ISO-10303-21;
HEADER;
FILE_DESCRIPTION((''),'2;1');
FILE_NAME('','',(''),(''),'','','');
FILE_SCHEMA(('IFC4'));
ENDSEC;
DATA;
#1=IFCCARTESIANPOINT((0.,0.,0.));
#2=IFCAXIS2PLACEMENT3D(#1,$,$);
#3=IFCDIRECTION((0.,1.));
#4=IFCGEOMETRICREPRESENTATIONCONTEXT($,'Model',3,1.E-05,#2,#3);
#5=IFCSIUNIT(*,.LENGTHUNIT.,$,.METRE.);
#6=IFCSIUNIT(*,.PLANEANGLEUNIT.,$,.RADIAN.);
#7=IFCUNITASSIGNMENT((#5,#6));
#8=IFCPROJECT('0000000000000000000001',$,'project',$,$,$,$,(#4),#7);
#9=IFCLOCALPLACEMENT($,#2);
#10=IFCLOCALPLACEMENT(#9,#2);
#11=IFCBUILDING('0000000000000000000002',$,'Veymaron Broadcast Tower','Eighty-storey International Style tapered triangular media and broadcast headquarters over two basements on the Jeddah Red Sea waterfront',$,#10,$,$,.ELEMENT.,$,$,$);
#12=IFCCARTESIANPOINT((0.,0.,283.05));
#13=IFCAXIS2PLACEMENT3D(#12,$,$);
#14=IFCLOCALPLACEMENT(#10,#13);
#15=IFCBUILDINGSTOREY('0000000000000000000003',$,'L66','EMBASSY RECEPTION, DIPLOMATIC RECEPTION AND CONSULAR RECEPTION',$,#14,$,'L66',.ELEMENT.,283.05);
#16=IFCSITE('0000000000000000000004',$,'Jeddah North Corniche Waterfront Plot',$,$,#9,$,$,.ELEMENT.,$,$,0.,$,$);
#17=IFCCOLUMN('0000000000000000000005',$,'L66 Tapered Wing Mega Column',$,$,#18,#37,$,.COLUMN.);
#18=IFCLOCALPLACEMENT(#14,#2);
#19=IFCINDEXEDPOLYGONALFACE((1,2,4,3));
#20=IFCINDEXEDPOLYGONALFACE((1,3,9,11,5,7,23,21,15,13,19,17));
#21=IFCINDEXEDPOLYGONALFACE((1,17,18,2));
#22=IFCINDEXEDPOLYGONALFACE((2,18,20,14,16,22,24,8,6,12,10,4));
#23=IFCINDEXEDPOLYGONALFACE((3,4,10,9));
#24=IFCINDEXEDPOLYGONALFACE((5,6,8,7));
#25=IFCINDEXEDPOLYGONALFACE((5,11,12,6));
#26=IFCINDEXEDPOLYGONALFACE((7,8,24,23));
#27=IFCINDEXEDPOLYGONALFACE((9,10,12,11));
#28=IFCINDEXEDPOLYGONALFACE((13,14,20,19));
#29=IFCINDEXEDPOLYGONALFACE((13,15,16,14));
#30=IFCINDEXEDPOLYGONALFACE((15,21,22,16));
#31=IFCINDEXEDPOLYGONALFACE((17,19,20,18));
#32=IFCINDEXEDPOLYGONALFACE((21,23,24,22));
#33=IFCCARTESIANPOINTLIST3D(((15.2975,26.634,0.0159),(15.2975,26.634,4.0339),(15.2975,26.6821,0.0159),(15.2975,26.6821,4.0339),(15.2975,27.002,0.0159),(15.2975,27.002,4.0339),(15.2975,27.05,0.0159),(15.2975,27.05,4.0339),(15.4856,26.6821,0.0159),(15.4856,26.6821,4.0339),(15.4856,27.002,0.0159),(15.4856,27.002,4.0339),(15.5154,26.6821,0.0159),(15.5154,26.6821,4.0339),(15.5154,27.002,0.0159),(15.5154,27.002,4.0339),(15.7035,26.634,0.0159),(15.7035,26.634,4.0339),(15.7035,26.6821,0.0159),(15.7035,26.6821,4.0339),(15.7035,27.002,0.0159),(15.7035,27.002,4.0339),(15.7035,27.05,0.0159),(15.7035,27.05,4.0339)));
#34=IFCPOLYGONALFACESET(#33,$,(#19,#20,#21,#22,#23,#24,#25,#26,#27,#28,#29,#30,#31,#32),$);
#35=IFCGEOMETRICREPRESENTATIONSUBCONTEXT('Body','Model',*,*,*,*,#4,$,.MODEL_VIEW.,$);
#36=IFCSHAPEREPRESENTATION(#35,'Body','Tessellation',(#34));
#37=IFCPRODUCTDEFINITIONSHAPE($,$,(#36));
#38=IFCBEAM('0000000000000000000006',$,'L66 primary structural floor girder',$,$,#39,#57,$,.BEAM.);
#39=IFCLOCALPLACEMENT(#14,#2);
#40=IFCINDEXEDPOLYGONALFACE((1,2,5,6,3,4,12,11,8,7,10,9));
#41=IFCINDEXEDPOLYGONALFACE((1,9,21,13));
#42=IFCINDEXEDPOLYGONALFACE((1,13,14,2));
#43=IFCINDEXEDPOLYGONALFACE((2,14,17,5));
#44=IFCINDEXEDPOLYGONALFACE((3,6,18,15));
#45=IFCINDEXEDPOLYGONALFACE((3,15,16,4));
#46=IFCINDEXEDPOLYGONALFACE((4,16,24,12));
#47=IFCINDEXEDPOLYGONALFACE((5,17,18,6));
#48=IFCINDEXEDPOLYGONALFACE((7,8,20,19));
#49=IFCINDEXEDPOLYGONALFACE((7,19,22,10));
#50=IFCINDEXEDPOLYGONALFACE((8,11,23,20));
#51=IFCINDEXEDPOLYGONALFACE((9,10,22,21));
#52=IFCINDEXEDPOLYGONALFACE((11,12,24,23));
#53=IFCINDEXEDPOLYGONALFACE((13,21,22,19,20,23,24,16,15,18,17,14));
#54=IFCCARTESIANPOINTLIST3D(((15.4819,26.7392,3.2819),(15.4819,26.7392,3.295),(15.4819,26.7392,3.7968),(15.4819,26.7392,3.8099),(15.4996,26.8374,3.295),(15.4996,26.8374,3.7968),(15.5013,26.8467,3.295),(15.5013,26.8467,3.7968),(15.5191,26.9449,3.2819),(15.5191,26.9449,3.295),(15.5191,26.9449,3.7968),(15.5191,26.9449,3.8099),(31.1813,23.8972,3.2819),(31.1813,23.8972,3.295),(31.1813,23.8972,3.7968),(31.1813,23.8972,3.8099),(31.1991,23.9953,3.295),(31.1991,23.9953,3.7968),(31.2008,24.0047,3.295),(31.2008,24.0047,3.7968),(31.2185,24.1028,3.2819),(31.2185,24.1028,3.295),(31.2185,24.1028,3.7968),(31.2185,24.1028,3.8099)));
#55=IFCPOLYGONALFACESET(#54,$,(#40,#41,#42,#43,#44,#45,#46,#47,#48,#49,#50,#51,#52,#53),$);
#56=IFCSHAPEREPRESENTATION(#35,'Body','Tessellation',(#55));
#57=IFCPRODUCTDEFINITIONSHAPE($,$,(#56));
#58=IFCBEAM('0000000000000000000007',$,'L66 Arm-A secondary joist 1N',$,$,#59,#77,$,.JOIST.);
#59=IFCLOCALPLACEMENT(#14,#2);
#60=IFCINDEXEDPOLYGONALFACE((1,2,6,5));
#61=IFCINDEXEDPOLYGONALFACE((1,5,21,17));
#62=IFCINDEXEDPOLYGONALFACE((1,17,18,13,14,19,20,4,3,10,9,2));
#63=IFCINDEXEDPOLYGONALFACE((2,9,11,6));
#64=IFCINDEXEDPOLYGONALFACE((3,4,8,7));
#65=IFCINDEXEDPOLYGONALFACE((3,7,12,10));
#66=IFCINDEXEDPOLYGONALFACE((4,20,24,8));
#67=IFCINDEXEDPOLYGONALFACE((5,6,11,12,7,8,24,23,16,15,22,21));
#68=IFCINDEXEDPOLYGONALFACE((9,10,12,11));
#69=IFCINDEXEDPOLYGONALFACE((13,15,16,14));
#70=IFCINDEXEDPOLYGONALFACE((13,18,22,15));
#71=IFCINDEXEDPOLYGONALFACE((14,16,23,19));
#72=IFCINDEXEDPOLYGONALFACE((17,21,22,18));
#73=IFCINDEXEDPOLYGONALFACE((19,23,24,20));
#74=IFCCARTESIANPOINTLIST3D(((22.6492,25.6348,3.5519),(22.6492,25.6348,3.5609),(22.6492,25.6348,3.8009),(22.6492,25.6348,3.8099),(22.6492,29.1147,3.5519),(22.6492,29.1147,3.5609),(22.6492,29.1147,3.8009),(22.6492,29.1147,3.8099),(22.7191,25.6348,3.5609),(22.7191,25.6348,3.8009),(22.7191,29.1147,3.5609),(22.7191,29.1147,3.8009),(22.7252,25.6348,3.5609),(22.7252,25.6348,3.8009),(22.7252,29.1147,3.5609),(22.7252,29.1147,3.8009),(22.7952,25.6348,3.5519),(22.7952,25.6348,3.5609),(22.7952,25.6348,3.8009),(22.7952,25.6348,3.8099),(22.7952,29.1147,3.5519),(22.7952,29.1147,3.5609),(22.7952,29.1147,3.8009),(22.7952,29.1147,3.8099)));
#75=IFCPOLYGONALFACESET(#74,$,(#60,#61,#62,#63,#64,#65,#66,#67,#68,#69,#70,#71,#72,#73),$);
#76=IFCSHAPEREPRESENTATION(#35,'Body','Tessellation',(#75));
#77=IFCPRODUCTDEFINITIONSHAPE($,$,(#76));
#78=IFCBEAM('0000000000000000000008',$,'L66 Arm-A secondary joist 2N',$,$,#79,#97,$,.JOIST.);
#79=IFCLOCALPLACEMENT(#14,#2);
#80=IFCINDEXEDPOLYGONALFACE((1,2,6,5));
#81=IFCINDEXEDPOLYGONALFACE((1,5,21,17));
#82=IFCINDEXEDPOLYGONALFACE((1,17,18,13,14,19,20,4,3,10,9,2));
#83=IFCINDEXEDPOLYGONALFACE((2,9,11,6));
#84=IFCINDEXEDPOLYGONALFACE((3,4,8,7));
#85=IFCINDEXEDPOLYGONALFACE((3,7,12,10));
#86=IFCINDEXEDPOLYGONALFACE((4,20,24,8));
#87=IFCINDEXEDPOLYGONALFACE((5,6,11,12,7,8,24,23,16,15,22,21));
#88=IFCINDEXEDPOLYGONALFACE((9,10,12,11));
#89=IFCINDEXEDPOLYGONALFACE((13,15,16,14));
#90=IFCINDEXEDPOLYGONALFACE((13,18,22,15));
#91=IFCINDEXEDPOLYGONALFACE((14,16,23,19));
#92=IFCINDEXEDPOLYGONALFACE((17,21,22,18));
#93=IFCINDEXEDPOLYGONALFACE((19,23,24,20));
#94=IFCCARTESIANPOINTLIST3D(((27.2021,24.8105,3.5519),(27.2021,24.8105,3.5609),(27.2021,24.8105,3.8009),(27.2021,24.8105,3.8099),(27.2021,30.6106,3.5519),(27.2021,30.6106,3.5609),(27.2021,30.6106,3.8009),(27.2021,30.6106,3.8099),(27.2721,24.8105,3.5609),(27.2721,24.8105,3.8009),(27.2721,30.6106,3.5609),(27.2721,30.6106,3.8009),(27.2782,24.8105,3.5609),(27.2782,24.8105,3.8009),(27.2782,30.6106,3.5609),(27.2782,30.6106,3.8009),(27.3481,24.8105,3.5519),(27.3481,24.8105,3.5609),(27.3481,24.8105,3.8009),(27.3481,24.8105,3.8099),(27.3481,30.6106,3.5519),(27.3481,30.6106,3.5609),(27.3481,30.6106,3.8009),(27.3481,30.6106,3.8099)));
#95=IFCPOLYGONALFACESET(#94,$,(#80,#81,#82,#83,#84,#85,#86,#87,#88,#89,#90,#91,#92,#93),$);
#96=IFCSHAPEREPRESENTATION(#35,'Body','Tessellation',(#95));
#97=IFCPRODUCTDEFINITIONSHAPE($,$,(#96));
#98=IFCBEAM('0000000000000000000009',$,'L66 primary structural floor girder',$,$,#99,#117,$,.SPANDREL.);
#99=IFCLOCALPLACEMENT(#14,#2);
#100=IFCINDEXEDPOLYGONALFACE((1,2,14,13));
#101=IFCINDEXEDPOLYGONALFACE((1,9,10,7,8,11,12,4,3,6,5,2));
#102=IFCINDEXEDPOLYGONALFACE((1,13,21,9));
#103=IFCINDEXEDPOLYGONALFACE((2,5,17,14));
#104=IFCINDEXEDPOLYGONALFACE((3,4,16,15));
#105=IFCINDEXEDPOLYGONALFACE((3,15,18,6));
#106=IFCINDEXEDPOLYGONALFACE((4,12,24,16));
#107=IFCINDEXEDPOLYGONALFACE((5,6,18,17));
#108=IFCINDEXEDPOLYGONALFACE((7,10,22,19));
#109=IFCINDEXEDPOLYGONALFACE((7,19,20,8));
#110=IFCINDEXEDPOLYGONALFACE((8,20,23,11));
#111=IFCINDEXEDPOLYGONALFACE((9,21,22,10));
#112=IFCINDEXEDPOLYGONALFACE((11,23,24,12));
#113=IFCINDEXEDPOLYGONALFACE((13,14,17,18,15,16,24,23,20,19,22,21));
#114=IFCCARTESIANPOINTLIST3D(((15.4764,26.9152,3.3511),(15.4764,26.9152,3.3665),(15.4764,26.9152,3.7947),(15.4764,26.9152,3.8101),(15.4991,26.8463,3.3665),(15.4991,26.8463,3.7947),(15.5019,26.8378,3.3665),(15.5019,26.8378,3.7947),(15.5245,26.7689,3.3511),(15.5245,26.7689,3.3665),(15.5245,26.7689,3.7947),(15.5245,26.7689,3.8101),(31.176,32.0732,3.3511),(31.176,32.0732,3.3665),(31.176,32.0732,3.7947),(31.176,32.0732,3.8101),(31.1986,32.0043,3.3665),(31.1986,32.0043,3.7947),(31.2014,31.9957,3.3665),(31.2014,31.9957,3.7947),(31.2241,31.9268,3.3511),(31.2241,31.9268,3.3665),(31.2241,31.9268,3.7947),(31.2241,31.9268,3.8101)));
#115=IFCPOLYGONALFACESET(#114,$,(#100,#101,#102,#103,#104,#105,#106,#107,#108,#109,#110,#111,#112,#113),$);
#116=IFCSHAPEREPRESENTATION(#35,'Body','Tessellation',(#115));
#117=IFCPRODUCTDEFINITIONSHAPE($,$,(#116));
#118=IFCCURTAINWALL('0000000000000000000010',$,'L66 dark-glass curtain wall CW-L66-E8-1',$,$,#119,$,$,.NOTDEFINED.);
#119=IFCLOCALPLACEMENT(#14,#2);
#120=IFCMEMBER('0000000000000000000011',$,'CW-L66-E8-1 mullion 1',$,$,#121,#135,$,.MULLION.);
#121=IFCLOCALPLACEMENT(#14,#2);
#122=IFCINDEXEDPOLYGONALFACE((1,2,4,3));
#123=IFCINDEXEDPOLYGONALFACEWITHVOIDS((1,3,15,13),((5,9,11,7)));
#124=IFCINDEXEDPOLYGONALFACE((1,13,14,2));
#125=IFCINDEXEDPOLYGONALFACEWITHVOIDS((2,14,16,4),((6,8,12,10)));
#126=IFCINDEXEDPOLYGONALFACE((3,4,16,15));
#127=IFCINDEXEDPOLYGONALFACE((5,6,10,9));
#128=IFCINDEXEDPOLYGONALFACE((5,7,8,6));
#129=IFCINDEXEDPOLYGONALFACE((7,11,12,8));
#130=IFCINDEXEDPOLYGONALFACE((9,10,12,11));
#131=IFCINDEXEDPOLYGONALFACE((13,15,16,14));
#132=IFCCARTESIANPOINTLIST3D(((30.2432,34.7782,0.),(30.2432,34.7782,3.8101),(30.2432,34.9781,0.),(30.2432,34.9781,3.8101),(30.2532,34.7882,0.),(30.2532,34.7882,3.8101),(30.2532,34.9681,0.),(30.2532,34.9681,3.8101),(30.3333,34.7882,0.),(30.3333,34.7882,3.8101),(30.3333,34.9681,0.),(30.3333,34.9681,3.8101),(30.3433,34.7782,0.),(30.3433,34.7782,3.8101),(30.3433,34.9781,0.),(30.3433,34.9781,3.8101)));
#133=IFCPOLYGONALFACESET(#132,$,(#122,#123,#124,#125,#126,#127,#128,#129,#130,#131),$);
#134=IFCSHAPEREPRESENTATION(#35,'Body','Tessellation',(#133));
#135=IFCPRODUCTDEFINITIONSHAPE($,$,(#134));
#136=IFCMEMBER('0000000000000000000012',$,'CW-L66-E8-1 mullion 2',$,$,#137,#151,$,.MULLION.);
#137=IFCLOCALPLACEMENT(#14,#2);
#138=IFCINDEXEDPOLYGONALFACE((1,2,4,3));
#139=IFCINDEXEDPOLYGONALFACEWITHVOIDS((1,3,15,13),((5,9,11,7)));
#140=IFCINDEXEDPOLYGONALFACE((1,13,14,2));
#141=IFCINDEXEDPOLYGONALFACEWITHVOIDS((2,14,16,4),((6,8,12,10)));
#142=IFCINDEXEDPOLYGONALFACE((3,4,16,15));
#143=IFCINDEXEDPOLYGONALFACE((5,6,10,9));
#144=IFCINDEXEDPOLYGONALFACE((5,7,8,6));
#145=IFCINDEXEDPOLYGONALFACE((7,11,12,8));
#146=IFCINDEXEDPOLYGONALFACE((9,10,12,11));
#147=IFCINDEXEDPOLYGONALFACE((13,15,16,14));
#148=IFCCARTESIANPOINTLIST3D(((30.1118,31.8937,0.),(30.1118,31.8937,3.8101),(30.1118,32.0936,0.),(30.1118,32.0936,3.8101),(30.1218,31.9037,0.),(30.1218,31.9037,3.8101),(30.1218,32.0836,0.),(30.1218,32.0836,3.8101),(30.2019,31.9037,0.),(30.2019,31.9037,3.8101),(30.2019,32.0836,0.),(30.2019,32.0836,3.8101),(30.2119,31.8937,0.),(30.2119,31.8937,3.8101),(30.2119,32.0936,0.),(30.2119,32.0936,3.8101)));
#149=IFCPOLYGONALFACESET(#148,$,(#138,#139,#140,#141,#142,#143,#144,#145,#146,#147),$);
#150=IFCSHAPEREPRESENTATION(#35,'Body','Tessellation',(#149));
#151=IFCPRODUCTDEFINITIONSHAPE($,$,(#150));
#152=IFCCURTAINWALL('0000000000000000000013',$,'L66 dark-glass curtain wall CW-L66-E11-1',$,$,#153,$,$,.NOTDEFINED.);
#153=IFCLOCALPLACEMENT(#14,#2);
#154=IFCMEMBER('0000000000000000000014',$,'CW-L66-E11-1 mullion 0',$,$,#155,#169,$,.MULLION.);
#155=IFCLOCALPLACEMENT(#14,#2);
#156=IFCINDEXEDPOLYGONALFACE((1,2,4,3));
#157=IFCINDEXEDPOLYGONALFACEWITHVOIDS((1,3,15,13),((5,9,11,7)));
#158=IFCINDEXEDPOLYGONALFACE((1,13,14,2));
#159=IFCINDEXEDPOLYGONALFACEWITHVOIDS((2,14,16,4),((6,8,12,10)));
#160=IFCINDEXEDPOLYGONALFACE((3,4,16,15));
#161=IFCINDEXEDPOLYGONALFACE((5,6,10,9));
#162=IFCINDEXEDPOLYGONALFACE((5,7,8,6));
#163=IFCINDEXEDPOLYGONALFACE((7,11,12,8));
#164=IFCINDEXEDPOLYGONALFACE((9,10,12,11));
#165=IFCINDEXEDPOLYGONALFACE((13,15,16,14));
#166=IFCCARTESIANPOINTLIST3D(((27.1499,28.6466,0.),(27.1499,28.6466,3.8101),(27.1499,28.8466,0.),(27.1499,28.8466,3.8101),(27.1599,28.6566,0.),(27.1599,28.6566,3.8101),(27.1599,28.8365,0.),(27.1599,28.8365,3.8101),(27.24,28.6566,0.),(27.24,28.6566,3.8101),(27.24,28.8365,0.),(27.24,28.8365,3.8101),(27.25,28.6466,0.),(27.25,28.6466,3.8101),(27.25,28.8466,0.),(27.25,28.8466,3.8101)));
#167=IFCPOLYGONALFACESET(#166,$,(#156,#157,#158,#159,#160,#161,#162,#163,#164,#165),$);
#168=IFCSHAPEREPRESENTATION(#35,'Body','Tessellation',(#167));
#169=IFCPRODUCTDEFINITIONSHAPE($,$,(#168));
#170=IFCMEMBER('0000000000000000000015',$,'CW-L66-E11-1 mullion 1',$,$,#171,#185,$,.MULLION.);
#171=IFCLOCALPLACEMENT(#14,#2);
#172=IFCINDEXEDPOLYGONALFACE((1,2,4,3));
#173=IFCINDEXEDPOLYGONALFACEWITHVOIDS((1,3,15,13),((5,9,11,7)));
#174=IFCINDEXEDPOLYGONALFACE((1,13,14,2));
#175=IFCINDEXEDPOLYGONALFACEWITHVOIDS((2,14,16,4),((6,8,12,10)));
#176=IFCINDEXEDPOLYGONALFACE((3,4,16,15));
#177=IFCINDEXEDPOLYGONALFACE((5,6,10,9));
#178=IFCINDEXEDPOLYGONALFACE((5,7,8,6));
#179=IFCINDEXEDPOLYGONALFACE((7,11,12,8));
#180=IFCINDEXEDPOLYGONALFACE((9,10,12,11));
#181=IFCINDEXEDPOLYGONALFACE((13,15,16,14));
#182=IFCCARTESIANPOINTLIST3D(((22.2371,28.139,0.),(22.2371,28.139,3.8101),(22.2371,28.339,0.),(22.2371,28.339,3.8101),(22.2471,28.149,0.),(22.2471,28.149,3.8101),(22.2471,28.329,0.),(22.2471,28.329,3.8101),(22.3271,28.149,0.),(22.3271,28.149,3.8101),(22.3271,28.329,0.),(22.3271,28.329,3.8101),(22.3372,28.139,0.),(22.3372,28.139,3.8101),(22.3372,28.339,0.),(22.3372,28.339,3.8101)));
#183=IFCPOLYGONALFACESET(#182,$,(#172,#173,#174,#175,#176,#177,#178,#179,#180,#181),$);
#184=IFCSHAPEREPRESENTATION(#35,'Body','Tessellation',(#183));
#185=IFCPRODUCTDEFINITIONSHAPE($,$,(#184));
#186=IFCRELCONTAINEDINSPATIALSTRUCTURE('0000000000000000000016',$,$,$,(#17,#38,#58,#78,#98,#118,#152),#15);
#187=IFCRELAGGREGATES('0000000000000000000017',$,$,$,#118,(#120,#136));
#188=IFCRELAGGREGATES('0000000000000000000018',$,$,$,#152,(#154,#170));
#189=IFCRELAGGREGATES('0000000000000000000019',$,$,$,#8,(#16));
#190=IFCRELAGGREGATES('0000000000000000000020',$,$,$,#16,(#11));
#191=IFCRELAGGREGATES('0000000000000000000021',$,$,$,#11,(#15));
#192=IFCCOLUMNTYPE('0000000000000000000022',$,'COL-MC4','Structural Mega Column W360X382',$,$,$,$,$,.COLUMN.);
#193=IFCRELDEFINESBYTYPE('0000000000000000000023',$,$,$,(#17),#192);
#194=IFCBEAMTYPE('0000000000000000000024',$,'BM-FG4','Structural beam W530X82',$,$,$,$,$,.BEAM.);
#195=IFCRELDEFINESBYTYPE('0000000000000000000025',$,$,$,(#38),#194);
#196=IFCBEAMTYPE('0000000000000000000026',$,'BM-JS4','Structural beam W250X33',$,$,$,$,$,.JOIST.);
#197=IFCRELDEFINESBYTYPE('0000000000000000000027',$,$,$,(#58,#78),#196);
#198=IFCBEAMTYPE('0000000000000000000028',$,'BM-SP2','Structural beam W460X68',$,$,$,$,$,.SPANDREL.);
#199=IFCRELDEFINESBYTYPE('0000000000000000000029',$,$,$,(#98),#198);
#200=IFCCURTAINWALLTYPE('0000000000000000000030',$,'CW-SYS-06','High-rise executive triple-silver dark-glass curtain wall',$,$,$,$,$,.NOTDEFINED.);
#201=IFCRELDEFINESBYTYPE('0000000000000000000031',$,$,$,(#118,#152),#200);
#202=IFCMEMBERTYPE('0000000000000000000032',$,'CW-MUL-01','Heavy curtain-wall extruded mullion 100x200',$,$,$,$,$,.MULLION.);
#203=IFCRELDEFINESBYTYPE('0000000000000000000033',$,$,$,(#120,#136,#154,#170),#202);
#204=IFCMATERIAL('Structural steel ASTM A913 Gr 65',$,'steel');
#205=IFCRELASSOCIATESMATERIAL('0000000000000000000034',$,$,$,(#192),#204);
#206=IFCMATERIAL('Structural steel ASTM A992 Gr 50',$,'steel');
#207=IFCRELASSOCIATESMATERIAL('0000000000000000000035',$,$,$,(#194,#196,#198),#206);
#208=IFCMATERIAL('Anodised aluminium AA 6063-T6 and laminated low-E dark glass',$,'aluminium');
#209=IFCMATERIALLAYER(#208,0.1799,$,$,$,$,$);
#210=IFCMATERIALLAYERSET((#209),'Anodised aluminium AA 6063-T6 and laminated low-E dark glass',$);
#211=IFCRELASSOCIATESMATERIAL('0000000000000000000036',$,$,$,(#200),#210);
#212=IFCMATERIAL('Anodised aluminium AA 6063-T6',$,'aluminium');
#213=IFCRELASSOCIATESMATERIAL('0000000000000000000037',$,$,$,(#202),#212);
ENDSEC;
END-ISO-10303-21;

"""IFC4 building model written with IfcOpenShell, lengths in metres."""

from ifc_helpers import new_model, si_unit, direction, frame, origin, origin_2d, place, context, subcontext, project, spatial, hollow_rectangle, i_section, extrude, material, layer, layer_set, material_profile, profile_set, type_object, element, aggregate, save


model = new_model("IFC4")

# Units and contexts
model_context = context("Model", 3, precision=1e-05, world=origin(), true_north=direction((0.0, 1.0)))
body_context = subcontext(model_context, "Body", "Model", "MODEL_VIEW")
ifc_project = project(units=[si_unit("LENGTHUNIT", "METRE"), si_unit("PLANEANGLEUNIT", "RADIAN")], contexts=[model_context])

# Site, building, storey
site_placement = place(None, origin())
site = spatial("IfcSite", under=ifc_project, at=site_placement, Name="Jeddah North Corniche Waterfront Plot", CompositionType="ELEMENT", RefElevation=0.0)
building_placement = place(site_placement, origin())
building = spatial("IfcBuilding", under=site, at=building_placement, Name="Veymaron Broadcast Tower", Description="Eighty-storey International Style tapered triangular media and broadcast headquarters over two basements on the Jeddah Red Sea waterfront", CompositionType="ELEMENT")
storey_placement = place(building_placement, frame((0.0, 0.0, 283.05)))
storey = spatial("IfcBuildingStorey", under=building, at=storey_placement, Name="L66", Description="EMBASSY RECEPTION, DIPLOMATIC RECEPTION AND CONSULAR RECEPTION", LongName="L66", CompositionType="ELEMENT", Elevation=283.05)

# Column
ifc_material_1 = material(Name="Structural steel ASTM A913 Gr 65", Category="steel")
ifc_material_profile_1 = material_profile(ifc_material_1, i_section(OverallWidth=0.406, OverallDepth=0.416, WebThickness=0.0298, FlangeThickness=0.0481, at=origin_2d()), Name="W360X382")
ifc_profile_set_1 = profile_set([ifc_material_profile_1], Name="Structural steel ASTM A913 Gr 65")
column_type = type_object("IfcColumnType", Name="COL-MC4", Description="Structural Mega Column W360X382", PredefinedType="COLUMN", material=ifc_profile_set_1)
column_placement = place(storey_placement, frame((15.5005, 26.842, 0.0159), z_axis=(0.0, 0.0, 1.0), x_axis=(1.0, 0.0, 0.0)))
element("IfcColumn", 1, at=column_placement, inside=storey, type_object=column_type, Name="L66 Tapered Wing Mega Column", PredefinedType="COLUMN", context=body_context, shape_type="SweptSolid", body=[
    extrude(i_section(OverallWidth=0.406, OverallDepth=0.416, WebThickness=0.0298, FlangeThickness=0.0481, at=origin_2d()), origin(), (0.0, 0.0, 1.0), 4.0181),
])

# Beams
ifc_material_2 = material(Name="Structural steel ASTM A992 Gr 50", Category="steel")
ifc_material_profile_2 = material_profile(ifc_material_2, i_section(OverallWidth=0.209, OverallDepth=0.5281, WebThickness=0.0095, FlangeThickness=0.0132, at=origin_2d()), Name="W530X82")
ifc_profile_set_2 = profile_set([ifc_material_profile_2], Name="Structural steel ASTM A992 Gr 50")
beam_type_1 = type_object("IfcBeamType", Name="BM-FG4", Description="Structural beam W530X82", PredefinedType="BEAM", material=ifc_profile_set_2)
beam_1_placement = place(storey_placement, frame((15.5005, 26.842, 3.5459), z_axis=(0.984006, -0.178133, 0.0), x_axis=(0.178133, 0.984006, 0.0)))
element("IfcBeam", 2, at=beam_1_placement, inside=storey, type_object=beam_type_1, Name="L66 primary structural floor girder", PredefinedType="BEAM", context=body_context, shape_type="SweptSolid", body=[
    extrude(i_section(OverallWidth=0.209, OverallDepth=0.5281, WebThickness=0.0095, FlangeThickness=0.0132, at=origin_2d()), origin(), (0.0, 0.0, 1.0), 15.9546),
])
ifc_material_profile_3 = material_profile(ifc_material_2, i_section(OverallWidth=0.146, OverallDepth=0.2581, WebThickness=0.0061, FlangeThickness=0.009, at=origin_2d()), Name="W250X33")
ifc_profile_set_3 = profile_set([ifc_material_profile_3], Name="Structural steel ASTM A992 Gr 50")
beam_type_2 = type_object("IfcBeamType", Name="BM-JS4", Description="Structural beam W250X33", PredefinedType="JOIST", material=ifc_profile_set_3)
beam_2_placement = place(storey_placement, frame((22.7222, 25.6348, 3.6809), z_axis=(0.0, 1.0, 0.0), x_axis=(-1.0, 0.0, 0.0)))
element("IfcBeam", 3, at=beam_2_placement, inside=storey, type_object=beam_type_2, Name="L66 Arm-A secondary joist 1N", PredefinedType="JOIST", context=body_context, shape_type="SweptSolid", body=[
    extrude(i_section(OverallWidth=0.146, OverallDepth=0.2581, WebThickness=0.0061, FlangeThickness=0.009, at=origin_2d()), origin(), (0.0, 0.0, 1.0), 3.48),
])
beam_3_placement = place(storey_placement, frame((27.2751, 24.8105, 3.6809), z_axis=(0.0, 1.0, 0.0), x_axis=(-1.0, 0.0, 0.0)))
element("IfcBeam", 4, at=beam_3_placement, inside=storey, type_object=beam_type_2, Name="L66 Arm-A secondary joist 2N", PredefinedType="JOIST", context=body_context, shape_type="SweptSolid", body=[
    extrude(i_section(OverallWidth=0.146, OverallDepth=0.2581, WebThickness=0.0061, FlangeThickness=0.009, at=origin_2d()), origin(), (0.0, 0.0, 1.0), 5.8),
])
ifc_material_profile_4 = material_profile(ifc_material_2, i_section(OverallWidth=0.1541, OverallDepth=0.459, WebThickness=0.009, FlangeThickness=0.0154, at=origin_2d()), Name="W460X68")
ifc_profile_set_4 = profile_set([ifc_material_profile_4], Name="Structural steel ASTM A992 Gr 50")
beam_type_3 = type_object("IfcBeamType", Name="BM-SP2", Description="Structural beam W460X68", PredefinedType="SPANDREL", material=ifc_profile_set_4)
beam_4_placement = place(storey_placement, frame((15.5005, 26.842, 3.5806), z_axis=(0.95004, 0.312129, 0.0), x_axis=(-0.312129, 0.95004, 0.0)))
element("IfcBeam", 5, at=beam_4_placement, inside=storey, type_object=beam_type_3, Name="L66 primary structural floor girder", PredefinedType="SPANDREL", context=body_context, shape_type="SweptSolid", body=[
    extrude(i_section(OverallWidth=0.1541, OverallDepth=0.459, WebThickness=0.009, FlangeThickness=0.0154, at=origin_2d()), origin(), (0.0, 0.0, 1.0), 16.5251),
])

# Curtain walls, members
ifc_material_3 = material(Name="Anodised aluminium AA 6063-T6 and laminated low-E dark glass", Category="aluminium")
ifc_layer_1 = layer(ifc_material_3, 0.1799)
ifc_layer_set_1 = layer_set([ifc_layer_1], Name="Anodised aluminium AA 6063-T6 and laminated low-E dark glass")
curtain_wall_type = type_object("IfcCurtainWallType", Name="CW-SYS-06", Description="High-rise executive triple-silver dark-glass curtain wall", PredefinedType="NOTDEFINED", material=ifc_layer_set_1)
curtain_wall_1_placement = place(storey_placement, origin())
curtain_wall_1 = element("IfcCurtainWall", 6, at=curtain_wall_1_placement, inside=storey, type_object=curtain_wall_type, Name="L66 dark-glass curtain wall CW-L66-E8-1", PredefinedType="NOTDEFINED")
ifc_material_4 = material(Name="Anodised aluminium AA 6063-T6", Category="aluminium")
ifc_material_profile_5 = material_profile(ifc_material_4, hollow_rectangle(XDim=0.1001, YDim=0.2, WallThickness=0.01, at=origin_2d()), Name="RHS200X100X10")
ifc_profile_set_5 = profile_set([ifc_material_profile_5], Name="Anodised aluminium AA 6063-T6")
member_type_1 = type_object("IfcMemberType", Name="CW-MUL-01", Description="Heavy curtain-wall extruded mullion 100x200", PredefinedType="MULLION", material=ifc_profile_set_5)
member_1_placement = place(storey_placement, frame((30.2932, 34.8782, 0.0), z_axis=(0.0, 0.0, 1.0), x_axis=(1.0, 0.0, 0.0)))
member_1 = element("IfcMember", 7, at=member_1_placement, type_object=member_type_1, Name="CW-L66-E8-1 mullion 1", PredefinedType="MULLION", context=body_context, shape_type="SweptSolid", body=[
    extrude(hollow_rectangle(XDim=0.1001, YDim=0.2, WallThickness=0.01, at=origin_2d()), origin(), (0.0, 0.0, 1.0), 3.8101),
])
member_2_placement = place(storey_placement, frame((30.1619, 31.9937, 0.0), z_axis=(0.0, 0.0, 1.0), x_axis=(1.0, 0.0, 0.0)))
member_2 = element("IfcMember", 8, at=member_2_placement, type_object=member_type_1, Name="CW-L66-E8-1 mullion 2", PredefinedType="MULLION", context=body_context, shape_type="SweptSolid", body=[
    extrude(hollow_rectangle(XDim=0.1001, YDim=0.2, WallThickness=0.01, at=origin_2d()), origin(), (0.0, 0.0, 1.0), 3.8101),
])
curtain_wall_2_placement = place(storey_placement, origin())
curtain_wall_2 = element("IfcCurtainWall", 9, at=curtain_wall_2_placement, inside=storey, type_object=curtain_wall_type, Name="L66 dark-glass curtain wall CW-L66-E11-1", PredefinedType="NOTDEFINED")
member_3_placement = place(storey_placement, frame((27.2, 28.7466, 0.0), z_axis=(0.0, 0.0, 1.0), x_axis=(1.0, 0.0, 0.0)))
member_3 = element("IfcMember", 10, at=member_3_placement, type_object=member_type_1, Name="CW-L66-E11-1 mullion 0", PredefinedType="MULLION", context=body_context, shape_type="SweptSolid", body=[
    extrude(hollow_rectangle(XDim=0.1001, YDim=0.2, WallThickness=0.01, at=origin_2d()), origin(), (0.0, 0.0, 1.0), 3.8101),
])
member_4_placement = place(storey_placement, frame((22.2871, 28.239, 0.0), z_axis=(0.0, 0.0, 1.0), x_axis=(1.0, 0.0, 0.0)))
member_4 = element("IfcMember", 11, at=member_4_placement, type_object=member_type_1, Name="CW-L66-E11-1 mullion 1", PredefinedType="MULLION", context=body_context, shape_type="SweptSolid", body=[
    extrude(hollow_rectangle(XDim=0.1001, YDim=0.2, WallThickness=0.01, at=origin_2d()), origin(), (0.0, 0.0, 1.0), 3.8101),
])

aggregate(curtain_wall_1, [member_1, member_2])
aggregate(curtain_wall_2, [member_3, member_4])

save(model, "model.ifc")
